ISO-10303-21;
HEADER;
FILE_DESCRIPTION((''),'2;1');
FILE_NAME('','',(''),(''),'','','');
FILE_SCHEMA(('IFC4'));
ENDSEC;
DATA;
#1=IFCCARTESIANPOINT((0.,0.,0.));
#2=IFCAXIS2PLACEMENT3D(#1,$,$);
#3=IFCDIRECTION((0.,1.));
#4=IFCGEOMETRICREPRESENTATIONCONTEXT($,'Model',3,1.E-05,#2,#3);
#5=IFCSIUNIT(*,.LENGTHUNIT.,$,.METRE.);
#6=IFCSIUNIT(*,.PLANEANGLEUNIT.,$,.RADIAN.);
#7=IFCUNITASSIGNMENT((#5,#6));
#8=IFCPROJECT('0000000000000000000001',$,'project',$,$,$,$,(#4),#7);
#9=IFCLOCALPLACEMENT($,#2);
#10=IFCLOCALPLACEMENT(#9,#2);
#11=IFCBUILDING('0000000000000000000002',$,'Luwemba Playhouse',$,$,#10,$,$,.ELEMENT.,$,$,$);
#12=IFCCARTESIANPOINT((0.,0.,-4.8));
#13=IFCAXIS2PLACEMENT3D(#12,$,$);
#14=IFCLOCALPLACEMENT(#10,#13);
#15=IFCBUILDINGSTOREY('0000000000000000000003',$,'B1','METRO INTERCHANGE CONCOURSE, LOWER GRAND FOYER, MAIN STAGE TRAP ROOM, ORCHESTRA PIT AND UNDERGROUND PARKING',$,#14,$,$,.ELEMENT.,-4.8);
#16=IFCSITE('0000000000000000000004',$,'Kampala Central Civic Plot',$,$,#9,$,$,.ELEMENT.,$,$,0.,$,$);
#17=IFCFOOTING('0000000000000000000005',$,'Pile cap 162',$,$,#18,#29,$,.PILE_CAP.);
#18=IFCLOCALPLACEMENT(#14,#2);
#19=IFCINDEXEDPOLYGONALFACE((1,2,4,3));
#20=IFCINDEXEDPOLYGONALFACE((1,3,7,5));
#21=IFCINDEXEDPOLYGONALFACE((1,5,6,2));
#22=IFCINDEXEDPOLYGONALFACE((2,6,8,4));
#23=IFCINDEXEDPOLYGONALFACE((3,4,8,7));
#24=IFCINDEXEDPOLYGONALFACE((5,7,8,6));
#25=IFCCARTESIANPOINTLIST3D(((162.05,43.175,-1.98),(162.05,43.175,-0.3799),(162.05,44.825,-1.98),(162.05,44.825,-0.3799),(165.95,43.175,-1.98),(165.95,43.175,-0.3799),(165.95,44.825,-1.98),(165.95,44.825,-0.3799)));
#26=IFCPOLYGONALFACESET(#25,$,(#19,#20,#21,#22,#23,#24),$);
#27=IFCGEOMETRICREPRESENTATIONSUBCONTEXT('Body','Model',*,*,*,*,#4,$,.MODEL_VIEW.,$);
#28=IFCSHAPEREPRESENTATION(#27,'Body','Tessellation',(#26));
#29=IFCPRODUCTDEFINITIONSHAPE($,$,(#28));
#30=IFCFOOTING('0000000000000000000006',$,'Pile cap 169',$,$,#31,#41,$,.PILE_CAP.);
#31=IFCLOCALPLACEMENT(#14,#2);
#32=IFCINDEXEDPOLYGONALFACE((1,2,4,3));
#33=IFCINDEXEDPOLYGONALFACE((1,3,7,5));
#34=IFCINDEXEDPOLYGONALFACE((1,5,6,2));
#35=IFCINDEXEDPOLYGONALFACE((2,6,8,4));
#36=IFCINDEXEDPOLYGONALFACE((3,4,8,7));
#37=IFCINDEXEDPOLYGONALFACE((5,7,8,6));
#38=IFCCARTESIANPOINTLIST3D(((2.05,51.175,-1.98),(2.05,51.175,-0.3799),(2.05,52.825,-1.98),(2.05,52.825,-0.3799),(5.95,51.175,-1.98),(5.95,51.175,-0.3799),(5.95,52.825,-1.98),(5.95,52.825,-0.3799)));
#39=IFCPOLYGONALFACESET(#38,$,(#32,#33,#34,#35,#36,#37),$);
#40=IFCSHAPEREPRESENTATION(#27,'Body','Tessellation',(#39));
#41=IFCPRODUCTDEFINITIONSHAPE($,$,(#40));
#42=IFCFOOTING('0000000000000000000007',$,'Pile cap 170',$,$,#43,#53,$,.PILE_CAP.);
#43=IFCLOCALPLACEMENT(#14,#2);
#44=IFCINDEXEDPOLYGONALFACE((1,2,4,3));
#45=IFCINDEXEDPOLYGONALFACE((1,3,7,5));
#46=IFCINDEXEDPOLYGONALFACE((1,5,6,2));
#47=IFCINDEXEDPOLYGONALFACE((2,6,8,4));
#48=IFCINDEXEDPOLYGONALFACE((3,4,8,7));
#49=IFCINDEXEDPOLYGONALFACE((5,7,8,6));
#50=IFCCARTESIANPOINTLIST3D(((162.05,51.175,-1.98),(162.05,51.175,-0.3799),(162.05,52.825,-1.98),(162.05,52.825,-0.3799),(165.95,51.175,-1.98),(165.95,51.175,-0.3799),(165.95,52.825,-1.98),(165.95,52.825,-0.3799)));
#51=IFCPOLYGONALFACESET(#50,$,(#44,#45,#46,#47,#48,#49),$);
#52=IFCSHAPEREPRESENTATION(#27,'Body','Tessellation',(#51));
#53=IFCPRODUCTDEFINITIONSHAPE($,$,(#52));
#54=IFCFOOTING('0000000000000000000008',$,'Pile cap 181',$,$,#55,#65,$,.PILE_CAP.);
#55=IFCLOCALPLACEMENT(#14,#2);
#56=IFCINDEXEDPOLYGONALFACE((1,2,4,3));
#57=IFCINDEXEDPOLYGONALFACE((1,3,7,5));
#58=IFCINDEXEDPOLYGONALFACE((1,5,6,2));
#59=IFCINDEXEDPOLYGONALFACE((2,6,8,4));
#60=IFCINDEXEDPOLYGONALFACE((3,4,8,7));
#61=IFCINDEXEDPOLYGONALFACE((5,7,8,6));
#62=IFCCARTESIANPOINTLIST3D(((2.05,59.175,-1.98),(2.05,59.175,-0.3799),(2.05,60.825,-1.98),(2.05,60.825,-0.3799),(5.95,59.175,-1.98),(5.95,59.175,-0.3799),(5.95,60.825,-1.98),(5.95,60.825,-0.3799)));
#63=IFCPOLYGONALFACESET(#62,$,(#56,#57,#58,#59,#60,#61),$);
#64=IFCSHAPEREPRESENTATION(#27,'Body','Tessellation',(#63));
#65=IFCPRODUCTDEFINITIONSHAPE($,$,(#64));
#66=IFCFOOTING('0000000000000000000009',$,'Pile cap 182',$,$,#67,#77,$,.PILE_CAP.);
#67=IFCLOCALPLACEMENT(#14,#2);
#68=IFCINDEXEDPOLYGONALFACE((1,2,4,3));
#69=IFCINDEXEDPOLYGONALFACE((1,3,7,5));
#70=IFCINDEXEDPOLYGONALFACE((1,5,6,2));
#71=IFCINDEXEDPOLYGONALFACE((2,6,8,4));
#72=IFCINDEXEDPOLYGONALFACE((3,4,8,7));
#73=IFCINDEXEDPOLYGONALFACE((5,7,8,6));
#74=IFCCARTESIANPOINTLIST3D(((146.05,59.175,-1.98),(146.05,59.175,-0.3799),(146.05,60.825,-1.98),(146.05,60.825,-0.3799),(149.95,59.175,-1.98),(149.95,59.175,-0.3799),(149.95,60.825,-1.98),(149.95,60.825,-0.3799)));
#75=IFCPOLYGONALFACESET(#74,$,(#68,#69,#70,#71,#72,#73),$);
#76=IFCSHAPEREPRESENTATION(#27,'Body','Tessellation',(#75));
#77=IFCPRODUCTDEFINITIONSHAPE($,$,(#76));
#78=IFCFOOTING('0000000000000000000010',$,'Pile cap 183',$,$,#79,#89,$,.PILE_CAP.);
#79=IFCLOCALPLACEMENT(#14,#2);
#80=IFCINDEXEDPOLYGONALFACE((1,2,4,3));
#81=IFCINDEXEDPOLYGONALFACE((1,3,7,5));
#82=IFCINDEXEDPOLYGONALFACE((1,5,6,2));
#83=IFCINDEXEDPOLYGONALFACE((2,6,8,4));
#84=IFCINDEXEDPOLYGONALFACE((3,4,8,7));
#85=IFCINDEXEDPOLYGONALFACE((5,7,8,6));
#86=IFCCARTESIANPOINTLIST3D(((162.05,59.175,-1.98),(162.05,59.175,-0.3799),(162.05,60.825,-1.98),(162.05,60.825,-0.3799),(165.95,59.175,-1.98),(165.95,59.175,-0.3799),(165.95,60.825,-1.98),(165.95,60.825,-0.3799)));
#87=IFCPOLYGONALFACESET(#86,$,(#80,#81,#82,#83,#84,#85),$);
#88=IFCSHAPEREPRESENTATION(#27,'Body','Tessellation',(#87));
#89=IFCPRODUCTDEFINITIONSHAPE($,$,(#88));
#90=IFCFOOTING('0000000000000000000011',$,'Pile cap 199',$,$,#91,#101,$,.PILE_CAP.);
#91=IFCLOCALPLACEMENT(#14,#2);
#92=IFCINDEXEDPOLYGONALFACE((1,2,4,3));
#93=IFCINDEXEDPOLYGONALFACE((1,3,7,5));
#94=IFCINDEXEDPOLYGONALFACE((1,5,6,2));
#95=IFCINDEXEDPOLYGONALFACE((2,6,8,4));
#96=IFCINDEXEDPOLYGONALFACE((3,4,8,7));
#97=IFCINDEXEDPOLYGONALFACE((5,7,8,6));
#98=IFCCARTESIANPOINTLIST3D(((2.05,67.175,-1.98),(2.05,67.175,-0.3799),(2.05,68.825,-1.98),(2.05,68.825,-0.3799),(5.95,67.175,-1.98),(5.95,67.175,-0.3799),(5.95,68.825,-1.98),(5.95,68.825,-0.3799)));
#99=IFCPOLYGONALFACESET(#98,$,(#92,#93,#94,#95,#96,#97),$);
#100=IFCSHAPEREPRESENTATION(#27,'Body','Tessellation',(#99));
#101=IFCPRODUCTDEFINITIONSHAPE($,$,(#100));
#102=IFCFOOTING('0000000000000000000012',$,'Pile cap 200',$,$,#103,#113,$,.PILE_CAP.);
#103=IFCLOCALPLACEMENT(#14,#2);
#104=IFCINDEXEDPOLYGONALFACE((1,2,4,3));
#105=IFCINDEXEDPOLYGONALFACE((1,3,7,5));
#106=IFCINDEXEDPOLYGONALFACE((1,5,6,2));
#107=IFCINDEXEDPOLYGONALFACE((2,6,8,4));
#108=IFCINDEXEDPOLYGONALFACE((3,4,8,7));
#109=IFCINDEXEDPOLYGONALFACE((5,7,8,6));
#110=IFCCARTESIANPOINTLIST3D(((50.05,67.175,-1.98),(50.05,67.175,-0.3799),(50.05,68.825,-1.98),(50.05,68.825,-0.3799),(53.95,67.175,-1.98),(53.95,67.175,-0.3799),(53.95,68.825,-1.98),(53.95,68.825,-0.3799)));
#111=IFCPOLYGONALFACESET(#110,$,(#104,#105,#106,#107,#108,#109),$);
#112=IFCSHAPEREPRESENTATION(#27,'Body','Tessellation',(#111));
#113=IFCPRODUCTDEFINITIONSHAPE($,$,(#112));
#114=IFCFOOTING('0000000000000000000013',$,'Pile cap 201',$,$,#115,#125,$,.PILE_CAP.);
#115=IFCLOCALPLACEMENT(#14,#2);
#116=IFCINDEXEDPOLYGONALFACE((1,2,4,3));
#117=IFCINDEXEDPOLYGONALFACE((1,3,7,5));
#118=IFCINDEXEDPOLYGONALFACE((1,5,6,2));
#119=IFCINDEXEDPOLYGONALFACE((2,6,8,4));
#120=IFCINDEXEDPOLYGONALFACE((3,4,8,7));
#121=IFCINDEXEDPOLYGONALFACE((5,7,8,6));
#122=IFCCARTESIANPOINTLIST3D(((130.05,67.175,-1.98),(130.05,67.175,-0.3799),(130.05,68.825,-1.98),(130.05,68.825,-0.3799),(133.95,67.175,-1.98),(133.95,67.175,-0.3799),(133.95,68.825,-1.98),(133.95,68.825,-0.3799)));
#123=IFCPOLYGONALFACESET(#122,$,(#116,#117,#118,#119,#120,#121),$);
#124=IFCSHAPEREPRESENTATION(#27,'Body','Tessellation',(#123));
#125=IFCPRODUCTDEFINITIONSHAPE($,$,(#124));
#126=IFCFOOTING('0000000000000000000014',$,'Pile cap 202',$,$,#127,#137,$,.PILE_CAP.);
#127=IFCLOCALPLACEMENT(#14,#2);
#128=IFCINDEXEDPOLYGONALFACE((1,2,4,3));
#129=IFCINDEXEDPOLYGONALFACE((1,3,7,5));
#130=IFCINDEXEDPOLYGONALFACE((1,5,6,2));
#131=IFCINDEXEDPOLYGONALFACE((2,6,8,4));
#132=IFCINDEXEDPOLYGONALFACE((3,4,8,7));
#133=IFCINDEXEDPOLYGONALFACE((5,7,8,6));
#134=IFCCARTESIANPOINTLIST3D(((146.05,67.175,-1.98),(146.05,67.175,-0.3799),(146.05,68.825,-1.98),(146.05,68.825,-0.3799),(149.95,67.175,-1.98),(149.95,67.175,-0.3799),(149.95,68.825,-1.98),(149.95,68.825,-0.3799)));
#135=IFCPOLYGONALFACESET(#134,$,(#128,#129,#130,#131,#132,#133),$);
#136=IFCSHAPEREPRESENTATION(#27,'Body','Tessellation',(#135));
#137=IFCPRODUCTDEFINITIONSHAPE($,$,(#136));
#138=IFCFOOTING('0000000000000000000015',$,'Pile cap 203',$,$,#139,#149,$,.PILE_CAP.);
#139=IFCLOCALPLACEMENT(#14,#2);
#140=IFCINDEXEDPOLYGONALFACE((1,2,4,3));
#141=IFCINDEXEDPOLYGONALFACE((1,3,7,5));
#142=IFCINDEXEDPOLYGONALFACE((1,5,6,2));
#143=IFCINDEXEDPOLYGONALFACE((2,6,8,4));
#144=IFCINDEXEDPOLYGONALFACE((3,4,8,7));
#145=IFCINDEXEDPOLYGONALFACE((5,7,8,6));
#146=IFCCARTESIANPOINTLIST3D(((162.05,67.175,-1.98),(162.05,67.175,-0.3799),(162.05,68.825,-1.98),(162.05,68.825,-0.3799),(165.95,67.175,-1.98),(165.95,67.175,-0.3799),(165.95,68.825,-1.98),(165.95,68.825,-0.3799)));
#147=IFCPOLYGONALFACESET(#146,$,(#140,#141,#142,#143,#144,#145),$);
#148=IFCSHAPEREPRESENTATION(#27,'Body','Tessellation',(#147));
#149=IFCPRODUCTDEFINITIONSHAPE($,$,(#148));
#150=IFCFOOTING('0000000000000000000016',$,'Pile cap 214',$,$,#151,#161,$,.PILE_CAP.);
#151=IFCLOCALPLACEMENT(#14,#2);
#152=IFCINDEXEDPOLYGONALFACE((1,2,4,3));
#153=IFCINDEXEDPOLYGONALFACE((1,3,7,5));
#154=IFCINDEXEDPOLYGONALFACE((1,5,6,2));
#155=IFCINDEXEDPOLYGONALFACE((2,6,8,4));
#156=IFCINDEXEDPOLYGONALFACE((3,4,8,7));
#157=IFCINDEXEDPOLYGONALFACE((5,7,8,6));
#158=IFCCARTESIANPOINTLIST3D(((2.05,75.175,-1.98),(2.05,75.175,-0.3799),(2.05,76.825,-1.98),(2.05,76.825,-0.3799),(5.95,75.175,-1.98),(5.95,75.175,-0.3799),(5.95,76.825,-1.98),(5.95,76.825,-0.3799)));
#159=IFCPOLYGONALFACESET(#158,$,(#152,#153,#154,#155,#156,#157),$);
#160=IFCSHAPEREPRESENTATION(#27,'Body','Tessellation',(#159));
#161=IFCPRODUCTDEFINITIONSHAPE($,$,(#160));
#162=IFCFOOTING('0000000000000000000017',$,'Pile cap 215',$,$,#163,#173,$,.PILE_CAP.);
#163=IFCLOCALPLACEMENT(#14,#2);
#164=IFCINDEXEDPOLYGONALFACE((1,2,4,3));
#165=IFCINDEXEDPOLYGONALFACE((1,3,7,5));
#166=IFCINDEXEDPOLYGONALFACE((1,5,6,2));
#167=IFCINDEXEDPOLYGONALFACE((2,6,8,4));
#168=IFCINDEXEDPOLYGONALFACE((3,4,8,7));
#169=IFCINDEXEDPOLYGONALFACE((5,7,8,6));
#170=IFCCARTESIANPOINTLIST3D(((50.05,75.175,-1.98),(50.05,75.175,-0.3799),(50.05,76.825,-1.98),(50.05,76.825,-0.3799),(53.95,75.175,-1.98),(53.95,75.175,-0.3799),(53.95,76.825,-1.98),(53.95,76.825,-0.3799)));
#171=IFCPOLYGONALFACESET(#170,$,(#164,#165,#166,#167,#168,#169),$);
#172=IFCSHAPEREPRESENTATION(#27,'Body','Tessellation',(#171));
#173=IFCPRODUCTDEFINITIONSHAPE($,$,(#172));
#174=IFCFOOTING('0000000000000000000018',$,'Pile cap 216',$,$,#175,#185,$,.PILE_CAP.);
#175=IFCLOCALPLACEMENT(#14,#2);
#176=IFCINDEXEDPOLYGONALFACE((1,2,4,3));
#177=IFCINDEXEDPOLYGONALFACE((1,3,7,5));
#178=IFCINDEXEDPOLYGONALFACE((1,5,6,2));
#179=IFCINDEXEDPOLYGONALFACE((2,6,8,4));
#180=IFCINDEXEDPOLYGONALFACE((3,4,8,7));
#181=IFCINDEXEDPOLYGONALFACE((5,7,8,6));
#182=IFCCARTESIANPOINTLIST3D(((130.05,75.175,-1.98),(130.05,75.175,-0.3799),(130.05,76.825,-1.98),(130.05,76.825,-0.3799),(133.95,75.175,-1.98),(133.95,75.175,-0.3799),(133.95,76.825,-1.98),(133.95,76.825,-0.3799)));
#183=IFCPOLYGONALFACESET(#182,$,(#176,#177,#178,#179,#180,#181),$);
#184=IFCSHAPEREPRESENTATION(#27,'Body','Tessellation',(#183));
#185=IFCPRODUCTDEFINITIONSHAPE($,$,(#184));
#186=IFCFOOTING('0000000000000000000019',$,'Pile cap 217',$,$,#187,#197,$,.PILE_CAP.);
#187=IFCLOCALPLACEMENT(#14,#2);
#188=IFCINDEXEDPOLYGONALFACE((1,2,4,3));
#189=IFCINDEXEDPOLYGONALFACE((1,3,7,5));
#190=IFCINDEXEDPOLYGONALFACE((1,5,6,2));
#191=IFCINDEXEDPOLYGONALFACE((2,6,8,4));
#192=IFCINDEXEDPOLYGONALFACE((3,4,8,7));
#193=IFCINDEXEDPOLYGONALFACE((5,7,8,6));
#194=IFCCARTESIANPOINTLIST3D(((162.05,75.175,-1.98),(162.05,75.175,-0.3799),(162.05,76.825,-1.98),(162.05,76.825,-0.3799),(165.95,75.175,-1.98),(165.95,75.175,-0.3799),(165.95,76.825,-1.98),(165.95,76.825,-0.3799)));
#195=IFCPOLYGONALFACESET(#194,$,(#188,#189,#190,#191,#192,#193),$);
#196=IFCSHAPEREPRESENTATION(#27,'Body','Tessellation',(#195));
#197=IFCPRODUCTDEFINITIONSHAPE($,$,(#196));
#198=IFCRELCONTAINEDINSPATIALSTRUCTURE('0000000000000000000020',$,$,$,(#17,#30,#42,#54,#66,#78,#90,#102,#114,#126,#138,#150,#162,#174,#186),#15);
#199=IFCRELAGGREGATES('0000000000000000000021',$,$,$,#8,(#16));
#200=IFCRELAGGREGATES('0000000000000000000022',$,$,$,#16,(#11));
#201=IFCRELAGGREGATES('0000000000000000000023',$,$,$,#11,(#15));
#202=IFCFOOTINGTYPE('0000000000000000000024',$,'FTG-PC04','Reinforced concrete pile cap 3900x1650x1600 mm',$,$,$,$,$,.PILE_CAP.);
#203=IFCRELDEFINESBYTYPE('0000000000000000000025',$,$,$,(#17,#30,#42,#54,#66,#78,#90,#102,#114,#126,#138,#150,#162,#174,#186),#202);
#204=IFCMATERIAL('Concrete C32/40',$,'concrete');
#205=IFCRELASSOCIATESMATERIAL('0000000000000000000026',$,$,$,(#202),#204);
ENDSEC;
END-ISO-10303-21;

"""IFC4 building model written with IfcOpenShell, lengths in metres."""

from ifc_helpers import new_model, si_unit, direction, frame, origin, place, context, subcontext, project, spatial, polyline, outline, extrude, material, type_object, element, save


model = new_model("IFC4")

# Units and contexts
model_context = context("Model", 3, precision=1e-05, world=origin(), true_north=direction((0.0, 1.0)))
body_context = subcontext(model_context, "Body", "Model", "MODEL_VIEW")
ifc_project = project(units=[si_unit("LENGTHUNIT", "METRE"), si_unit("PLANEANGLEUNIT", "RADIAN")], contexts=[model_context])

# Site, building, storey
site_placement = place(None, origin())
site = spatial("IfcSite", under=ifc_project, at=site_placement, Name="Kampala Central Civic Plot", CompositionType="ELEMENT", RefElevation=0.0)
building_placement = place(site_placement, origin())
building = spatial("IfcBuilding", under=site, at=building_placement, Name="Luwemba Playhouse", CompositionType="ELEMENT")
storey_placement = place(building_placement, frame((0.0, 0.0, -4.8)))
storey = spatial("IfcBuildingStorey", under=building, at=storey_placement, Name="B1", Description="METRO INTERCHANGE CONCOURSE, LOWER GRAND FOYER, MAIN STAGE TRAP ROOM, ORCHESTRA PIT AND UNDERGROUND PARKING", CompositionType="ELEMENT", Elevation=-4.8)

# Footings
ifc_material = material(Name="Concrete C32/40", Category="concrete")
footing_type_1 = type_object("IfcFootingType", Name="FTG-PC04", Description="Reinforced concrete pile cap 3900x1650x1600 mm", PredefinedType="PILE_CAP", material=ifc_material)
footing_1_placement = place(storey_placement, frame((0.0, 0.0, -1.98)))
element("IfcFooting", 1, at=footing_1_placement, inside=storey, type_object=footing_type_1, Name="Pile cap 162", PredefinedType="PILE_CAP", context=body_context, shape_type="SweptSolid", body=[
    extrude(outline(polyline([(162.05, 43.175), (165.95, 43.175), (165.95, 44.825), (162.05, 44.825), (162.05, 43.175)])), origin(), (0.0, 0.0, 1.0), 1.6001),
])
footing_2_placement = place(storey_placement, frame((0.0, 0.0, -1.98)))
element("IfcFooting", 2, at=footing_2_placement, inside=storey, type_object=footing_type_1, Name="Pile cap 169", PredefinedType="PILE_CAP", context=body_context, shape_type="SweptSolid", body=[
    extrude(outline(polyline([(2.05, 51.175), (5.95, 51.175), (5.95, 52.825), (2.05, 52.825), (2.05, 51.175)])), origin(), (0.0, 0.0, 1.0), 1.6001),
])
footing_3_placement = place(storey_placement, frame((0.0, 0.0, -1.98)))
element("IfcFooting", 3, at=footing_3_placement, inside=storey, type_object=footing_type_1, Name="Pile cap 170", PredefinedType="PILE_CAP", context=body_context, shape_type="SweptSolid", body=[
    extrude(outline(polyline([(162.05, 51.175), (165.95, 51.175), (165.95, 52.825), (162.05, 52.825), (162.05, 51.175)])), origin(), (0.0, 0.0, 1.0), 1.6001),
])
footing_4_placement = place(storey_placement, frame((0.0, 0.0, -1.98)))
element("IfcFooting", 4, at=footing_4_placement, inside=storey, type_object=footing_type_1, Name="Pile cap 181", PredefinedType="PILE_CAP", context=body_context, shape_type="SweptSolid", body=[
    extrude(outline(polyline([(2.05, 59.175), (5.95, 59.175), (5.95, 60.825), (2.05, 60.825), (2.05, 59.175)])), origin(), (0.0, 0.0, 1.0), 1.6001),
])
footing_5_placement = place(storey_placement, frame((0.0, 0.0, -1.98)))
element("IfcFooting", 5, at=footing_5_placement, inside=storey, type_object=footing_type_1, Name="Pile cap 182", PredefinedType="PILE_CAP", context=body_context, shape_type="SweptSolid", body=[
    extrude(outline(polyline([(146.05, 59.175), (149.95, 59.175), (149.95, 60.825), (146.05, 60.825), (146.05, 59.175)])), origin(), (0.0, 0.0, 1.0), 1.6001),
])
footing_6_placement = place(storey_placement, frame((0.0, 0.0, -1.98)))
element("IfcFooting", 6, at=footing_6_placement, inside=storey, type_object=footing_type_1, Name="Pile cap 183", PredefinedType="PILE_CAP", context=body_context, shape_type="SweptSolid", body=[
    extrude(outline(polyline([(162.05, 59.175), (165.95, 59.175), (165.95, 60.825), (162.05, 60.825), (162.05, 59.175)])), origin(), (0.0, 0.0, 1.0), 1.6001),
])
footing_7_placement = place(storey_placement, frame((0.0, 0.0, -1.98)))
element("IfcFooting", 7, at=footing_7_placement, inside=storey, type_object=footing_type_1, Name="Pile cap 199", PredefinedType="PILE_CAP", context=body_context, shape_type="SweptSolid", body=[
    extrude(outline(polyline([(2.05, 67.175), (5.95, 67.175), (5.95, 68.825), (2.05, 68.825), (2.05, 67.175)])), origin(), (0.0, 0.0, 1.0), 1.6001),
])
footing_8_placement = place(storey_placement, frame((0.0, 0.0, -1.98)))
element("IfcFooting", 8, at=footing_8_placement, inside=storey, type_object=footing_type_1, Name="Pile cap 200", PredefinedType="PILE_CAP", context=body_context, shape_type="SweptSolid", body=[
    extrude(outline(polyline([(50.05, 67.175), (53.95, 67.175), (53.95, 68.825), (50.05, 68.825), (50.05, 67.175)])), origin(), (0.0, 0.0, 1.0), 1.6001),
])
footing_9_placement = place(storey_placement, frame((0.0, 0.0, -1.98)))
element("IfcFooting", 9, at=footing_9_placement, inside=storey, type_object=footing_type_1, Name="Pile cap 201", PredefinedType="PILE_CAP", context=body_context, shape_type="SweptSolid", body=[
    extrude(outline(polyline([(130.05, 67.175), (133.95, 67.175), (133.95, 68.825), (130.05, 68.825), (130.05, 67.175)])), origin(), (0.0, 0.0, 1.0), 1.6001),
])
footing_10_placement = place(storey_placement, frame((0.0, 0.0, -1.98)))
element("IfcFooting", 10, at=footing_10_placement, inside=storey, type_object=footing_type_1, Name="Pile cap 202", PredefinedType="PILE_CAP", context=body_context, shape_type="SweptSolid", body=[
    extrude(outline(polyline([(146.05, 67.175), (149.95, 67.175), (149.95, 68.825), (146.05, 68.825), (146.05, 67.175)])), origin(), (0.0, 0.0, 1.0), 1.6001),
])
footing_11_placement = place(storey_placement, frame((0.0, 0.0, -1.98)))
element("IfcFooting", 11, at=footing_11_placement, inside=storey, type_object=footing_type_1, Name="Pile cap 203", PredefinedType="PILE_CAP", context=body_context, shape_type="SweptSolid", body=[
    extrude(outline(polyline([(162.05, 67.175), (165.95, 67.175), (165.95, 68.825), (162.05, 68.825), (162.05, 67.175)])), origin(), (0.0, 0.0, 1.0), 1.6001),
])
footing_12_placement = place(storey_placement, frame((0.0, 0.0, -1.98)))
element("IfcFooting", 12, at=footing_12_placement, inside=storey, type_object=footing_type_1, Name="Pile cap 214", PredefinedType="PILE_CAP", context=body_context, shape_type="SweptSolid", body=[
    extrude(outline(polyline([(2.05, 75.175), (5.95, 75.175), (5.95, 76.825), (2.05, 76.825), (2.05, 75.175)])), origin(), (0.0, 0.0, 1.0), 1.6001),
])
footing_13_placement = place(storey_placement, frame((0.0, 0.0, -1.98)))
element("IfcFooting", 13, at=footing_13_placement, inside=storey, type_object=footing_type_1, Name="Pile cap 215", PredefinedType="PILE_CAP", context=body_context, shape_type="SweptSolid", body=[
    extrude(outline(polyline([(50.05, 75.175), (53.95, 75.175), (53.95, 76.825), (50.05, 76.825), (50.05, 75.175)])), origin(), (0.0, 0.0, 1.0), 1.6001),
])
footing_14_placement = place(storey_placement, frame((0.0, 0.0, -1.98)))
element("IfcFooting", 14, at=footing_14_placement, inside=storey, type_object=footing_type_1, Name="Pile cap 216", PredefinedType="PILE_CAP", context=body_context, shape_type="SweptSolid", body=[
    extrude(outline(polyline([(130.05, 75.175), (133.95, 75.175), (133.95, 76.825), (130.05, 76.825), (130.05, 75.175)])), origin(), (0.0, 0.0, 1.0), 1.6001),
])
footing_15_placement = place(storey_placement, frame((0.0, 0.0, -1.98)))
element("IfcFooting", 15, at=footing_15_placement, inside=storey, type_object=footing_type_1, Name="Pile cap 217", PredefinedType="PILE_CAP", context=body_context, shape_type="SweptSolid", body=[
    extrude(outline(polyline([(162.05, 75.175), (165.95, 75.175), (165.95, 76.825), (162.05, 76.825), (162.05, 75.175)])), origin(), (0.0, 0.0, 1.0), 1.6001),
])

save(model, "model.ifc")
